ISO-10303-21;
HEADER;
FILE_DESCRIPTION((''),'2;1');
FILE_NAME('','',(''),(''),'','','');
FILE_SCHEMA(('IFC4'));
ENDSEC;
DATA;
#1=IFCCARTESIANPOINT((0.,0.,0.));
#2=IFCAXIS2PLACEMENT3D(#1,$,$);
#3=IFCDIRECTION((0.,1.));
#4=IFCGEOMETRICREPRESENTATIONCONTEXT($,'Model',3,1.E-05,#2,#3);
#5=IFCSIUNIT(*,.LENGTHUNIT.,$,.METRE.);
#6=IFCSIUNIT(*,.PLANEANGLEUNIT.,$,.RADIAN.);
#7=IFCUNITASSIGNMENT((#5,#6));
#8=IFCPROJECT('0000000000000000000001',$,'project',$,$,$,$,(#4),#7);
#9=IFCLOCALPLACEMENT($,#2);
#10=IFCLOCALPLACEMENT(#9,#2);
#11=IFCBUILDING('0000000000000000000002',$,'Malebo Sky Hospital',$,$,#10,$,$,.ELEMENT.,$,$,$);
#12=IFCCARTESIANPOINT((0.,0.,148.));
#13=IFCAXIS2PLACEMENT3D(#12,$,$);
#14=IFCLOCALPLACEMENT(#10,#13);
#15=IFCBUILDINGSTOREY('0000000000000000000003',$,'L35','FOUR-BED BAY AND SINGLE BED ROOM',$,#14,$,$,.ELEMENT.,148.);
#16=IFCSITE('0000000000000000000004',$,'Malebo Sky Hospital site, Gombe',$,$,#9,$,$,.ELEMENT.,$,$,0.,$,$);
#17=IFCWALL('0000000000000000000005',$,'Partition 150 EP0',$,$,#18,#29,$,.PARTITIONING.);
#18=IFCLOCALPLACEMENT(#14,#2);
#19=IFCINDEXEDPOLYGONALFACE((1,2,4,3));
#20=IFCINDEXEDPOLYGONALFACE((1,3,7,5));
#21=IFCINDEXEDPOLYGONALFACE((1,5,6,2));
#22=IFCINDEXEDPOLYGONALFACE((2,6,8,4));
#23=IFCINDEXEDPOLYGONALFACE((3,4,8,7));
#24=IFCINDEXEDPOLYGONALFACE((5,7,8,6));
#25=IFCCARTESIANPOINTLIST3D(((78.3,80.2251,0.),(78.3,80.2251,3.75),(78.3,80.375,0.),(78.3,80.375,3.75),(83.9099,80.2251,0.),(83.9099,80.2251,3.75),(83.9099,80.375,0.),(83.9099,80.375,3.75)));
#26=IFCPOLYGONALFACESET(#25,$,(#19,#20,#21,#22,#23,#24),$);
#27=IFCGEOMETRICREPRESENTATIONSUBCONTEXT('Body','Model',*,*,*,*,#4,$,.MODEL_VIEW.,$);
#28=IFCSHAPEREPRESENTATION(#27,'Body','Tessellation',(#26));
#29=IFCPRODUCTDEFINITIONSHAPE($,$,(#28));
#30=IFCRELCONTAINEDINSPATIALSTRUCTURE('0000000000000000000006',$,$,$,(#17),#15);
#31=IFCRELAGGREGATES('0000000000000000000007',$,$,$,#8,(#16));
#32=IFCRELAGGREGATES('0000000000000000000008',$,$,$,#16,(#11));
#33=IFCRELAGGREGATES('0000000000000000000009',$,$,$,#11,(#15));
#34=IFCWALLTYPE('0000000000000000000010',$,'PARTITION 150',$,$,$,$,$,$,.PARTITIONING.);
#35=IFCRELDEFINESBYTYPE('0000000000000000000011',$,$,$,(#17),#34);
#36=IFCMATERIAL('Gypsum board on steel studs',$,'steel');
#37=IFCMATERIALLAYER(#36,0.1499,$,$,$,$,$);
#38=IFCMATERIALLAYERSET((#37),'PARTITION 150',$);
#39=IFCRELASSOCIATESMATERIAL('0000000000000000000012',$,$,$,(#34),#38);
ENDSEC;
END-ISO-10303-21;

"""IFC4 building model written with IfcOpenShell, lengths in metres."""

from ifc_helpers import new_model, si_unit, direction, frame, frame_2d, origin, place, context, subcontext, project, spatial, rectangle, extrude, material, layer, layer_set, type_object, element, save


model = new_model("IFC4")

# Units and contexts
model_context = context("Model", 3, precision=1e-05, world=origin(), true_north=direction((0.0, 1.0)))
body_context = subcontext(model_context, "Body", "Model", "MODEL_VIEW")
ifc_project = project(units=[si_unit("LENGTHUNIT", "METRE"), si_unit("PLANEANGLEUNIT", "RADIAN")], contexts=[model_context])

# Site, building, storey
site_placement = place(None, origin())
site = spatial("IfcSite", under=ifc_project, at=site_placement, Name="Malebo Sky Hospital site, Gombe", CompositionType="ELEMENT", RefElevation=0.0)
building_placement = place(site_placement, origin())
building = spatial("IfcBuilding", under=site, at=building_placement, Name="Malebo Sky Hospital", CompositionType="ELEMENT")
storey_placement = place(building_placement, frame((0.0, 0.0, 148.0)))
storey = spatial("IfcBuildingStorey", under=building, at=storey_placement, Name="L35", Description="FOUR-BED BAY AND SINGLE BED ROOM", CompositionType="ELEMENT", Elevation=148.0)

# Shared definitions
ifc_material_1 = material(Name="Gypsum board on steel studs", Category="steel")

# Shared definitions
ifc_layer_1 = layer(ifc_material_1, 0.1499)
ifc_layer_set_1 = layer_set([ifc_layer_1], Name="PARTITION 150")
wall_type_1 = type_object("IfcWallType", Name="PARTITION 150", PredefinedType="PARTITIONING", material=ifc_layer_set_1)

# Wall
wall_1_placement = place(storey_placement, frame((78.3, 80.3, 0.0), z_axis=(0.0, 0.0, 1.0), x_axis=(1.0, 0.0, 0.0)))
element("IfcWall", 1, at=wall_1_placement, inside=storey, type_object=wall_type_1, Name="Partition 150 EP0", PredefinedType="PARTITIONING", context=body_context, shape_type="SweptSolid", body=[
    extrude(rectangle(XDim=5.6099, YDim=0.1499, at=frame_2d((2.8049, 0.0))), origin(), (0.0, 0.0, 1.0), 3.75),
])

save(model, "model.ifc")
